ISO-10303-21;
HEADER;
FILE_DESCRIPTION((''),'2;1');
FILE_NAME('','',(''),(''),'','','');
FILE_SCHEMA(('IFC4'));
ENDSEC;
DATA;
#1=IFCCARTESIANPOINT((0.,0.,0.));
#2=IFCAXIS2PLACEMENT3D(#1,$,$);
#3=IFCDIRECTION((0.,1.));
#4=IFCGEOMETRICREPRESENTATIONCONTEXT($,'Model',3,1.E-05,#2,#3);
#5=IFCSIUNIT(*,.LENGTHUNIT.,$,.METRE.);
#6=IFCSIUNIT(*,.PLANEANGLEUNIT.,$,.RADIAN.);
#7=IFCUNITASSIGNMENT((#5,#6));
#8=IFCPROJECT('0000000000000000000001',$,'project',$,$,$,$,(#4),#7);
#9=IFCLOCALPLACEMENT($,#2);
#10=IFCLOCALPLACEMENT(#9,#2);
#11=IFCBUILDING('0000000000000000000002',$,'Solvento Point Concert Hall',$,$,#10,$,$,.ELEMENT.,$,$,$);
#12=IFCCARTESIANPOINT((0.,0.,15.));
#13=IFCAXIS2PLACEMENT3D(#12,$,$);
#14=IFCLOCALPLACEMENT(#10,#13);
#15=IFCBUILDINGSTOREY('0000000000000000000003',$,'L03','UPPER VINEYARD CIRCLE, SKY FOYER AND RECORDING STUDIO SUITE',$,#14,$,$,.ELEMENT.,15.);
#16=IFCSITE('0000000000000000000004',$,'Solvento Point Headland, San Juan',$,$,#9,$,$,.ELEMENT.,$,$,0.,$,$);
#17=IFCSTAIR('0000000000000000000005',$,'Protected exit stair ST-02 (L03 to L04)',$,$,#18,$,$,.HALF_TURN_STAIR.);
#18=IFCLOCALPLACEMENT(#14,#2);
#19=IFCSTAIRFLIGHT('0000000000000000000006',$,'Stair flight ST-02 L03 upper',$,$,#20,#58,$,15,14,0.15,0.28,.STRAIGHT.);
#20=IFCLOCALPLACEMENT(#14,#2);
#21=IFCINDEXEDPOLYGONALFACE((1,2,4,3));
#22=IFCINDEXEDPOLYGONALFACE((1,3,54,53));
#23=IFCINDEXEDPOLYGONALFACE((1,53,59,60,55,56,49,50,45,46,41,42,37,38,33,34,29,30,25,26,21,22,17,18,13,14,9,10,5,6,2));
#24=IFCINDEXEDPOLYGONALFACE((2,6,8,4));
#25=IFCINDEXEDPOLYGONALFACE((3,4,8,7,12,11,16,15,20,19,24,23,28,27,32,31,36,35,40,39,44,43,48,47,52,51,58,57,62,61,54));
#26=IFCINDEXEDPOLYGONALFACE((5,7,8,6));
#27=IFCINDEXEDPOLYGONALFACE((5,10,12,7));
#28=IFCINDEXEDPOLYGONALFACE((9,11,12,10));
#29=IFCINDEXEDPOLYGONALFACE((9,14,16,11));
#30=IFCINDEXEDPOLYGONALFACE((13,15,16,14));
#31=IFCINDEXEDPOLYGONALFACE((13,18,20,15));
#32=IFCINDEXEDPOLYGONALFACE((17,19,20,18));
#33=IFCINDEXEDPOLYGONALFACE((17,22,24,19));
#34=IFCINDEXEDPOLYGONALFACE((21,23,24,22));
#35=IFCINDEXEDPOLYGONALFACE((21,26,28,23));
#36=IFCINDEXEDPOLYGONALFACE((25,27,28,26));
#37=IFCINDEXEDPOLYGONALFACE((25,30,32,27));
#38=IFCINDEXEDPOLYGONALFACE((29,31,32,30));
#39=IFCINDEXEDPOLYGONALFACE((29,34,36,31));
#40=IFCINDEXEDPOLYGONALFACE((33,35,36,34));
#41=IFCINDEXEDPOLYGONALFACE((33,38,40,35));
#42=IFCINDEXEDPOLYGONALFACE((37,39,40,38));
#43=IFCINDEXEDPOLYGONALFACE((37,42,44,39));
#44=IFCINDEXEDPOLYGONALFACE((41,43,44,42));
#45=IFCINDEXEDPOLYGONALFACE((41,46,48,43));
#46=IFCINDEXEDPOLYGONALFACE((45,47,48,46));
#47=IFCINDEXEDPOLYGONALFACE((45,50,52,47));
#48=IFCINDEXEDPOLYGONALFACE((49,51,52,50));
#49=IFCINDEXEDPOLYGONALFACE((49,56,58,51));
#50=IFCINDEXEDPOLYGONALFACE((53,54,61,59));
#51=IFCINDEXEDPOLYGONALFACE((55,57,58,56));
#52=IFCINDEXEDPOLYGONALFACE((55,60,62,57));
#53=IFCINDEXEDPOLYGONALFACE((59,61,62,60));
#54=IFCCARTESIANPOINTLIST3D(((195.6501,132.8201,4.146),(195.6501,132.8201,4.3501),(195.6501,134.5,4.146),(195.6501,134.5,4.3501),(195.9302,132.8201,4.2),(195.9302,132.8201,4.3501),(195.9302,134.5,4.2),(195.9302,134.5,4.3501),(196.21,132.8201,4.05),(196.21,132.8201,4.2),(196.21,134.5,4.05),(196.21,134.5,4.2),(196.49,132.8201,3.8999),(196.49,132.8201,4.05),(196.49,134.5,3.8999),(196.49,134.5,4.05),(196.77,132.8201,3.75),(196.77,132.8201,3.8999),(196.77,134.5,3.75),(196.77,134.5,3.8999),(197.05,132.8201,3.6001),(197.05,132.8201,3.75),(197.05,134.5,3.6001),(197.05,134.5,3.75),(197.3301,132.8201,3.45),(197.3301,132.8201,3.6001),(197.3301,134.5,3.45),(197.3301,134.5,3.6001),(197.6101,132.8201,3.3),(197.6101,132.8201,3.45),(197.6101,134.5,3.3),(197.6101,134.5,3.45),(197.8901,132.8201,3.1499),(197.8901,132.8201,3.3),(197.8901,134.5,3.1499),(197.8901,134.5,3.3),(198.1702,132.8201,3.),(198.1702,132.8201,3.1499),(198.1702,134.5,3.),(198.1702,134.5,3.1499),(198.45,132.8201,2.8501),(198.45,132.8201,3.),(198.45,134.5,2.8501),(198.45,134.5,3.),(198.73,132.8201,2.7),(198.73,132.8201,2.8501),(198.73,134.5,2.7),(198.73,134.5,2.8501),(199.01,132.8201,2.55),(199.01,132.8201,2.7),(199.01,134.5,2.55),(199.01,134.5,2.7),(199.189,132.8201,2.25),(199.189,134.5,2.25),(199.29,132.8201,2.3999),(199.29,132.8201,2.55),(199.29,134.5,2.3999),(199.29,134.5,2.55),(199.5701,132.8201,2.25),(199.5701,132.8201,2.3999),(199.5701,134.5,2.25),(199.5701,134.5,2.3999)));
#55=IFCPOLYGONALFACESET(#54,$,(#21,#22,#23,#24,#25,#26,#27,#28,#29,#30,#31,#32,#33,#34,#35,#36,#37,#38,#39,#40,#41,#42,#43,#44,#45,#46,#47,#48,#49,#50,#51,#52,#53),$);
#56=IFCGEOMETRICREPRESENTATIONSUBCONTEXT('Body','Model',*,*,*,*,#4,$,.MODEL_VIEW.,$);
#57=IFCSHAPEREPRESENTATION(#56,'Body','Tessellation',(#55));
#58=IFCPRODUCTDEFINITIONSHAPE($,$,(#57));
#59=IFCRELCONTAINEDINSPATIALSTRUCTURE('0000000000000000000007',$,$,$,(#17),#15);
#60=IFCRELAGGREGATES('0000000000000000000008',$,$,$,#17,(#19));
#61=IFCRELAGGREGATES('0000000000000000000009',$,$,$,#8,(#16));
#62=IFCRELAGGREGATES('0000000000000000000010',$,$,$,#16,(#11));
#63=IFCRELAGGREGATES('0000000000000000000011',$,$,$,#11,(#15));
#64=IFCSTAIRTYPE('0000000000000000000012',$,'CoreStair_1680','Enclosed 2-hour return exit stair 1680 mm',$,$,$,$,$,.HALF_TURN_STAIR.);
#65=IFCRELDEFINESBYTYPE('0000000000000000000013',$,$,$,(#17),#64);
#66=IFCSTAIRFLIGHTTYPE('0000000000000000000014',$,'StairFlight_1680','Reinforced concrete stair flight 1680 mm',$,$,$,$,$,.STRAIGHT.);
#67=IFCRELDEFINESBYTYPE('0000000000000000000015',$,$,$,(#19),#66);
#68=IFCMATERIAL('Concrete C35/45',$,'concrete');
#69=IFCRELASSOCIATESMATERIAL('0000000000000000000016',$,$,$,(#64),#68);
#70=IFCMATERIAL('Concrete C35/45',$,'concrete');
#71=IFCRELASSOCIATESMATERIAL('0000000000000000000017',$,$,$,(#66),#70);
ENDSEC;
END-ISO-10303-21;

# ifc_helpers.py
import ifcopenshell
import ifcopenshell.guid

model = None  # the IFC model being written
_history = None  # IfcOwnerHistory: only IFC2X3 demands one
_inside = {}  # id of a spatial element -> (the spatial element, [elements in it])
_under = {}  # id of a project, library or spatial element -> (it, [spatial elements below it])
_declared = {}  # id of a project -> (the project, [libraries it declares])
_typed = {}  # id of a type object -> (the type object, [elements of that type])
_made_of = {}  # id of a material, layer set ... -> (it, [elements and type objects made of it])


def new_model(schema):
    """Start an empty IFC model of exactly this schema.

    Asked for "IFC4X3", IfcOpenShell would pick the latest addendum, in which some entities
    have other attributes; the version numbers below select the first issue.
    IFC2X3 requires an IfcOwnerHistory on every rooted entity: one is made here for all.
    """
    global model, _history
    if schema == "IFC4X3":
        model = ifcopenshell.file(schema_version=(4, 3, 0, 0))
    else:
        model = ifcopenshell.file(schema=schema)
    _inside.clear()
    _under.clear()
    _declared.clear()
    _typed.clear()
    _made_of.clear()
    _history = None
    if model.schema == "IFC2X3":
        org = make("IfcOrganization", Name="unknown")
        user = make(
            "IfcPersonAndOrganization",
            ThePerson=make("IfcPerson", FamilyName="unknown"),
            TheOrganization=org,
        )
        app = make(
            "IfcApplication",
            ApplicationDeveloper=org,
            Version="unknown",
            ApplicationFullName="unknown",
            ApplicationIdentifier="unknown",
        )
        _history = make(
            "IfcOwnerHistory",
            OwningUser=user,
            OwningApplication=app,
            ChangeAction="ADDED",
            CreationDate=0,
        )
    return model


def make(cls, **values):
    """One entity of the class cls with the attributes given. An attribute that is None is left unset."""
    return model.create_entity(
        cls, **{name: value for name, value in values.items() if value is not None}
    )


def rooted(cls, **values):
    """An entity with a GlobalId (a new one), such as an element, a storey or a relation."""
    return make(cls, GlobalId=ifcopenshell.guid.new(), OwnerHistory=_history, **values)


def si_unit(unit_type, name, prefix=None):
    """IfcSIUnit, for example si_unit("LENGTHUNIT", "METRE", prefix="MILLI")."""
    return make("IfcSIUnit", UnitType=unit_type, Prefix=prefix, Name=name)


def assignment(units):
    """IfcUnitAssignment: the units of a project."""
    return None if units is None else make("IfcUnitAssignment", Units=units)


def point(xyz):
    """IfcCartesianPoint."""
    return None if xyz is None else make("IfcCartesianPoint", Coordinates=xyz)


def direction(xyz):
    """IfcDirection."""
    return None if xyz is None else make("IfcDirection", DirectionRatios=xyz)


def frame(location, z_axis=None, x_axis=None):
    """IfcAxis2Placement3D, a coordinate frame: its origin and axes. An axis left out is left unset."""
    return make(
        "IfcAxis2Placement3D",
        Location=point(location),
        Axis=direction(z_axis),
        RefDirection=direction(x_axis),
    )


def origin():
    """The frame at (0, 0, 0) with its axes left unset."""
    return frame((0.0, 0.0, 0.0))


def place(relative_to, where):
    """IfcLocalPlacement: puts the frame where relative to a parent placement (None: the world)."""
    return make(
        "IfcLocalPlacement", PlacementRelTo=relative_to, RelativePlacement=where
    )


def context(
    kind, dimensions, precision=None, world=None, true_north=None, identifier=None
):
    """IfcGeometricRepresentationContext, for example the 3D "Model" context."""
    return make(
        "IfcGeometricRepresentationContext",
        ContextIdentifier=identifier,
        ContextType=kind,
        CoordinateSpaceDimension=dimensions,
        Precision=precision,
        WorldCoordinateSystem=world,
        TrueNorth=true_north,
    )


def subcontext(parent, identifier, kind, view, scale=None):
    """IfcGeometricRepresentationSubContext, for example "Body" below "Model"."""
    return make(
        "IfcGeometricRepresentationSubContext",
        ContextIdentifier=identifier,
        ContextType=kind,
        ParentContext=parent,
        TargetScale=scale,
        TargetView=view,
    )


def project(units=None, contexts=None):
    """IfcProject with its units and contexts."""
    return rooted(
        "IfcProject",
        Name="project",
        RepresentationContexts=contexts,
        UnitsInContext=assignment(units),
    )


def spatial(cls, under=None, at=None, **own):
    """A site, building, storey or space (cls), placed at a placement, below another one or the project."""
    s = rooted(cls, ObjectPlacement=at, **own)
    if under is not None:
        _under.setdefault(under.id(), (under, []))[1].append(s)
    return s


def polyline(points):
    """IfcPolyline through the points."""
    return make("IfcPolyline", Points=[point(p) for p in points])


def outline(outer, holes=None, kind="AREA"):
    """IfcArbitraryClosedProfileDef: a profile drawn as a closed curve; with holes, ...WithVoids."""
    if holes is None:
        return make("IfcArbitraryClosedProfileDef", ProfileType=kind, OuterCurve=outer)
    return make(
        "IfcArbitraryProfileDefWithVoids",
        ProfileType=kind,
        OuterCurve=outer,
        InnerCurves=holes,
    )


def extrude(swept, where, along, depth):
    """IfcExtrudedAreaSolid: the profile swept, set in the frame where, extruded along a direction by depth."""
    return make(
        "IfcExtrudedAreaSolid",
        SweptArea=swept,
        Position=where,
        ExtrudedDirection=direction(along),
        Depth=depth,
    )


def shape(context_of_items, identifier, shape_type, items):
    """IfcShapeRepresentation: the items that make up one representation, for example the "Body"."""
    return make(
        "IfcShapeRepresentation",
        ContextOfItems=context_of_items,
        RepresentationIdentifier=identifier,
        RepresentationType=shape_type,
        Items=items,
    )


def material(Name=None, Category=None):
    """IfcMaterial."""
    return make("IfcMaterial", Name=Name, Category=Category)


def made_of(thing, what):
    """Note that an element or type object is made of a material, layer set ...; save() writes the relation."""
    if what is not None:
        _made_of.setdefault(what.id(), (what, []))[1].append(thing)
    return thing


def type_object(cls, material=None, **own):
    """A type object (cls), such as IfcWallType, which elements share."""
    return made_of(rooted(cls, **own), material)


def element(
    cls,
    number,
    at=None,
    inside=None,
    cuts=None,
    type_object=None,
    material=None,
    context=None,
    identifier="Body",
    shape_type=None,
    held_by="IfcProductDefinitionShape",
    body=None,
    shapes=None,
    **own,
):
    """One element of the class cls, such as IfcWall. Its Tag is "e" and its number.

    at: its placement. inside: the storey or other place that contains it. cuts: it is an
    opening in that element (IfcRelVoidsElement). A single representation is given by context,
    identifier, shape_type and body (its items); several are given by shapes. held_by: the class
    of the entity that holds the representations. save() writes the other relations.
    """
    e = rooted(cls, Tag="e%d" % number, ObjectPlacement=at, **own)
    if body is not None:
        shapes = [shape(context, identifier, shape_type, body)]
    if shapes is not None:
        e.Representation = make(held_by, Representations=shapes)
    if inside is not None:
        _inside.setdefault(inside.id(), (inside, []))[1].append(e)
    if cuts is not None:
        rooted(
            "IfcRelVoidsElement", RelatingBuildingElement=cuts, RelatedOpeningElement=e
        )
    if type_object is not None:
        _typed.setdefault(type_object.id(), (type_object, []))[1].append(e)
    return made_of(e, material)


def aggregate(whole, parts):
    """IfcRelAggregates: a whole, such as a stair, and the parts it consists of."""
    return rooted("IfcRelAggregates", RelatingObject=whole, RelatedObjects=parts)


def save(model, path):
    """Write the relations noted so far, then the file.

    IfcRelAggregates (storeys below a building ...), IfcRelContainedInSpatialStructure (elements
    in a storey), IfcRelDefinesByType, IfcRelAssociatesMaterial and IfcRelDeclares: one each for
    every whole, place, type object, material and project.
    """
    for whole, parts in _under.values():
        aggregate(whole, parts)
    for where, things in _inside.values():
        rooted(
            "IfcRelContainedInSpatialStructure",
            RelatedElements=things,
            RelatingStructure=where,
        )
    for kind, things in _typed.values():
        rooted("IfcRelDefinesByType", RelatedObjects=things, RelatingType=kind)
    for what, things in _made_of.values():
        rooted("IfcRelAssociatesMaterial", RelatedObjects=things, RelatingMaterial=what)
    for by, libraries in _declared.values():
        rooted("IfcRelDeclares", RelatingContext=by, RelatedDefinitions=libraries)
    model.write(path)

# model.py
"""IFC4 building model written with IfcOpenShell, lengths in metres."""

from ifc_helpers import new_model, si_unit, direction, frame, origin, place, context, subcontext, project, spatial, polyline, outline, extrude, material, type_object, element, aggregate, save


model = new_model("IFC4")

# Units and contexts
model_context = context("Model", 3, precision=1e-05, world=origin(), true_north=direction((0.0, 1.0)))
body_context = subcontext(model_context, "Body", "Model", "MODEL_VIEW")
ifc_project = project(units=[si_unit("LENGTHUNIT", "METRE"), si_unit("PLANEANGLEUNIT", "RADIAN")], contexts=[model_context])

# Site, building, storey
site_placement = place(None, origin())
site = spatial("IfcSite", under=ifc_project, at=site_placement, Name="Solvento Point Headland, San Juan", CompositionType="ELEMENT", RefElevation=0.0)
building_placement = place(site_placement, origin())
building = spatial("IfcBuilding", under=site, at=building_placement, Name="Solvento Point Concert Hall", CompositionType="ELEMENT")
storey_placement = place(building_placement, frame((0.0, 0.0, 15.0)))
storey = spatial("IfcBuildingStorey", under=building, at=storey_placement, Name="L03", Description="UPPER VINEYARD CIRCLE, SKY FOYER AND RECORDING STUDIO SUITE", CompositionType="ELEMENT", Elevation=15.0)

# Stair, stair flight
ifc_material_1 = material(Name="Concrete C35/45", Category="concrete")
stair_type = type_object("IfcStairType", Name="CoreStair_1680", Description="Enclosed 2-hour return exit stair 1680 mm", PredefinedType="HALF_TURN_STAIR", material=ifc_material_1)
stair_placement = place(storey_placement, origin())
stair = element("IfcStair", 1, at=stair_placement, inside=storey, type_object=stair_type, Name="Protected exit stair ST-02 (L03 to L04)", PredefinedType="HALF_TURN_STAIR")
ifc_material_2 = material(Name="Concrete C35/45", Category="concrete")
stair_flight_type = type_object("IfcStairFlightType", Name="StairFlight_1680", Description="Reinforced concrete stair flight 1680 mm", PredefinedType="STRAIGHT", material=ifc_material_2)
stair_flight_1_placement = place(storey_placement, frame((199.5701, 133.6599, 2.25), z_axis=(0.0, 0.0, 1.0), x_axis=(-1.0, 0.0, 0.0)))
stair_flight_1 = element("IfcStairFlight", 2, at=stair_flight_1_placement, type_object=stair_flight_type, Name="Stair flight ST-02 L03 upper", NumberOfRisers=15, NumberOfTreads=14, PredefinedType="STRAIGHT", RiserHeight=0.15, TreadLength=0.28, context=body_context, shape_type="SweptSolid", body=[
    extrude(outline(polyline([(0.0, 0.0), (0.0, 0.1499), (0.28, 0.1499), (0.28, 0.3), (0.5601, 0.3), (0.5601, 0.45), (0.8401, 0.45), (0.8401, 0.6001), (1.1201, 0.6001), (1.1201, 0.75), (1.3999, 0.75), (1.3999, 0.8999), (1.6799, 0.8999), (1.6799, 1.05), (1.96, 1.05), (1.96, 1.2), (2.24, 1.2), (2.24, 1.3501), (2.52, 1.3501), (2.52, 1.5), (2.8, 1.5), (2.8, 1.6499), (3.0801, 1.6499), (3.0801, 1.8), (3.3601, 1.8), (3.3601, 1.95), (3.6399, 1.95), (3.6399, 2.1001), (3.9199, 2.1001), (3.9199, 2.25), (3.9199, 1.896), (0.3811, 0.0), (0.0, 0.0)])), frame((0.0, 0.8398, 0.0), z_axis=(0.0, -1.0, 0.0), x_axis=(1.0, 0.0, 0.0)), (0.0, 0.0, 1.0), 1.6799),
])
aggregate(stair, [stair_flight_1])

save(model, "model.ifc")
